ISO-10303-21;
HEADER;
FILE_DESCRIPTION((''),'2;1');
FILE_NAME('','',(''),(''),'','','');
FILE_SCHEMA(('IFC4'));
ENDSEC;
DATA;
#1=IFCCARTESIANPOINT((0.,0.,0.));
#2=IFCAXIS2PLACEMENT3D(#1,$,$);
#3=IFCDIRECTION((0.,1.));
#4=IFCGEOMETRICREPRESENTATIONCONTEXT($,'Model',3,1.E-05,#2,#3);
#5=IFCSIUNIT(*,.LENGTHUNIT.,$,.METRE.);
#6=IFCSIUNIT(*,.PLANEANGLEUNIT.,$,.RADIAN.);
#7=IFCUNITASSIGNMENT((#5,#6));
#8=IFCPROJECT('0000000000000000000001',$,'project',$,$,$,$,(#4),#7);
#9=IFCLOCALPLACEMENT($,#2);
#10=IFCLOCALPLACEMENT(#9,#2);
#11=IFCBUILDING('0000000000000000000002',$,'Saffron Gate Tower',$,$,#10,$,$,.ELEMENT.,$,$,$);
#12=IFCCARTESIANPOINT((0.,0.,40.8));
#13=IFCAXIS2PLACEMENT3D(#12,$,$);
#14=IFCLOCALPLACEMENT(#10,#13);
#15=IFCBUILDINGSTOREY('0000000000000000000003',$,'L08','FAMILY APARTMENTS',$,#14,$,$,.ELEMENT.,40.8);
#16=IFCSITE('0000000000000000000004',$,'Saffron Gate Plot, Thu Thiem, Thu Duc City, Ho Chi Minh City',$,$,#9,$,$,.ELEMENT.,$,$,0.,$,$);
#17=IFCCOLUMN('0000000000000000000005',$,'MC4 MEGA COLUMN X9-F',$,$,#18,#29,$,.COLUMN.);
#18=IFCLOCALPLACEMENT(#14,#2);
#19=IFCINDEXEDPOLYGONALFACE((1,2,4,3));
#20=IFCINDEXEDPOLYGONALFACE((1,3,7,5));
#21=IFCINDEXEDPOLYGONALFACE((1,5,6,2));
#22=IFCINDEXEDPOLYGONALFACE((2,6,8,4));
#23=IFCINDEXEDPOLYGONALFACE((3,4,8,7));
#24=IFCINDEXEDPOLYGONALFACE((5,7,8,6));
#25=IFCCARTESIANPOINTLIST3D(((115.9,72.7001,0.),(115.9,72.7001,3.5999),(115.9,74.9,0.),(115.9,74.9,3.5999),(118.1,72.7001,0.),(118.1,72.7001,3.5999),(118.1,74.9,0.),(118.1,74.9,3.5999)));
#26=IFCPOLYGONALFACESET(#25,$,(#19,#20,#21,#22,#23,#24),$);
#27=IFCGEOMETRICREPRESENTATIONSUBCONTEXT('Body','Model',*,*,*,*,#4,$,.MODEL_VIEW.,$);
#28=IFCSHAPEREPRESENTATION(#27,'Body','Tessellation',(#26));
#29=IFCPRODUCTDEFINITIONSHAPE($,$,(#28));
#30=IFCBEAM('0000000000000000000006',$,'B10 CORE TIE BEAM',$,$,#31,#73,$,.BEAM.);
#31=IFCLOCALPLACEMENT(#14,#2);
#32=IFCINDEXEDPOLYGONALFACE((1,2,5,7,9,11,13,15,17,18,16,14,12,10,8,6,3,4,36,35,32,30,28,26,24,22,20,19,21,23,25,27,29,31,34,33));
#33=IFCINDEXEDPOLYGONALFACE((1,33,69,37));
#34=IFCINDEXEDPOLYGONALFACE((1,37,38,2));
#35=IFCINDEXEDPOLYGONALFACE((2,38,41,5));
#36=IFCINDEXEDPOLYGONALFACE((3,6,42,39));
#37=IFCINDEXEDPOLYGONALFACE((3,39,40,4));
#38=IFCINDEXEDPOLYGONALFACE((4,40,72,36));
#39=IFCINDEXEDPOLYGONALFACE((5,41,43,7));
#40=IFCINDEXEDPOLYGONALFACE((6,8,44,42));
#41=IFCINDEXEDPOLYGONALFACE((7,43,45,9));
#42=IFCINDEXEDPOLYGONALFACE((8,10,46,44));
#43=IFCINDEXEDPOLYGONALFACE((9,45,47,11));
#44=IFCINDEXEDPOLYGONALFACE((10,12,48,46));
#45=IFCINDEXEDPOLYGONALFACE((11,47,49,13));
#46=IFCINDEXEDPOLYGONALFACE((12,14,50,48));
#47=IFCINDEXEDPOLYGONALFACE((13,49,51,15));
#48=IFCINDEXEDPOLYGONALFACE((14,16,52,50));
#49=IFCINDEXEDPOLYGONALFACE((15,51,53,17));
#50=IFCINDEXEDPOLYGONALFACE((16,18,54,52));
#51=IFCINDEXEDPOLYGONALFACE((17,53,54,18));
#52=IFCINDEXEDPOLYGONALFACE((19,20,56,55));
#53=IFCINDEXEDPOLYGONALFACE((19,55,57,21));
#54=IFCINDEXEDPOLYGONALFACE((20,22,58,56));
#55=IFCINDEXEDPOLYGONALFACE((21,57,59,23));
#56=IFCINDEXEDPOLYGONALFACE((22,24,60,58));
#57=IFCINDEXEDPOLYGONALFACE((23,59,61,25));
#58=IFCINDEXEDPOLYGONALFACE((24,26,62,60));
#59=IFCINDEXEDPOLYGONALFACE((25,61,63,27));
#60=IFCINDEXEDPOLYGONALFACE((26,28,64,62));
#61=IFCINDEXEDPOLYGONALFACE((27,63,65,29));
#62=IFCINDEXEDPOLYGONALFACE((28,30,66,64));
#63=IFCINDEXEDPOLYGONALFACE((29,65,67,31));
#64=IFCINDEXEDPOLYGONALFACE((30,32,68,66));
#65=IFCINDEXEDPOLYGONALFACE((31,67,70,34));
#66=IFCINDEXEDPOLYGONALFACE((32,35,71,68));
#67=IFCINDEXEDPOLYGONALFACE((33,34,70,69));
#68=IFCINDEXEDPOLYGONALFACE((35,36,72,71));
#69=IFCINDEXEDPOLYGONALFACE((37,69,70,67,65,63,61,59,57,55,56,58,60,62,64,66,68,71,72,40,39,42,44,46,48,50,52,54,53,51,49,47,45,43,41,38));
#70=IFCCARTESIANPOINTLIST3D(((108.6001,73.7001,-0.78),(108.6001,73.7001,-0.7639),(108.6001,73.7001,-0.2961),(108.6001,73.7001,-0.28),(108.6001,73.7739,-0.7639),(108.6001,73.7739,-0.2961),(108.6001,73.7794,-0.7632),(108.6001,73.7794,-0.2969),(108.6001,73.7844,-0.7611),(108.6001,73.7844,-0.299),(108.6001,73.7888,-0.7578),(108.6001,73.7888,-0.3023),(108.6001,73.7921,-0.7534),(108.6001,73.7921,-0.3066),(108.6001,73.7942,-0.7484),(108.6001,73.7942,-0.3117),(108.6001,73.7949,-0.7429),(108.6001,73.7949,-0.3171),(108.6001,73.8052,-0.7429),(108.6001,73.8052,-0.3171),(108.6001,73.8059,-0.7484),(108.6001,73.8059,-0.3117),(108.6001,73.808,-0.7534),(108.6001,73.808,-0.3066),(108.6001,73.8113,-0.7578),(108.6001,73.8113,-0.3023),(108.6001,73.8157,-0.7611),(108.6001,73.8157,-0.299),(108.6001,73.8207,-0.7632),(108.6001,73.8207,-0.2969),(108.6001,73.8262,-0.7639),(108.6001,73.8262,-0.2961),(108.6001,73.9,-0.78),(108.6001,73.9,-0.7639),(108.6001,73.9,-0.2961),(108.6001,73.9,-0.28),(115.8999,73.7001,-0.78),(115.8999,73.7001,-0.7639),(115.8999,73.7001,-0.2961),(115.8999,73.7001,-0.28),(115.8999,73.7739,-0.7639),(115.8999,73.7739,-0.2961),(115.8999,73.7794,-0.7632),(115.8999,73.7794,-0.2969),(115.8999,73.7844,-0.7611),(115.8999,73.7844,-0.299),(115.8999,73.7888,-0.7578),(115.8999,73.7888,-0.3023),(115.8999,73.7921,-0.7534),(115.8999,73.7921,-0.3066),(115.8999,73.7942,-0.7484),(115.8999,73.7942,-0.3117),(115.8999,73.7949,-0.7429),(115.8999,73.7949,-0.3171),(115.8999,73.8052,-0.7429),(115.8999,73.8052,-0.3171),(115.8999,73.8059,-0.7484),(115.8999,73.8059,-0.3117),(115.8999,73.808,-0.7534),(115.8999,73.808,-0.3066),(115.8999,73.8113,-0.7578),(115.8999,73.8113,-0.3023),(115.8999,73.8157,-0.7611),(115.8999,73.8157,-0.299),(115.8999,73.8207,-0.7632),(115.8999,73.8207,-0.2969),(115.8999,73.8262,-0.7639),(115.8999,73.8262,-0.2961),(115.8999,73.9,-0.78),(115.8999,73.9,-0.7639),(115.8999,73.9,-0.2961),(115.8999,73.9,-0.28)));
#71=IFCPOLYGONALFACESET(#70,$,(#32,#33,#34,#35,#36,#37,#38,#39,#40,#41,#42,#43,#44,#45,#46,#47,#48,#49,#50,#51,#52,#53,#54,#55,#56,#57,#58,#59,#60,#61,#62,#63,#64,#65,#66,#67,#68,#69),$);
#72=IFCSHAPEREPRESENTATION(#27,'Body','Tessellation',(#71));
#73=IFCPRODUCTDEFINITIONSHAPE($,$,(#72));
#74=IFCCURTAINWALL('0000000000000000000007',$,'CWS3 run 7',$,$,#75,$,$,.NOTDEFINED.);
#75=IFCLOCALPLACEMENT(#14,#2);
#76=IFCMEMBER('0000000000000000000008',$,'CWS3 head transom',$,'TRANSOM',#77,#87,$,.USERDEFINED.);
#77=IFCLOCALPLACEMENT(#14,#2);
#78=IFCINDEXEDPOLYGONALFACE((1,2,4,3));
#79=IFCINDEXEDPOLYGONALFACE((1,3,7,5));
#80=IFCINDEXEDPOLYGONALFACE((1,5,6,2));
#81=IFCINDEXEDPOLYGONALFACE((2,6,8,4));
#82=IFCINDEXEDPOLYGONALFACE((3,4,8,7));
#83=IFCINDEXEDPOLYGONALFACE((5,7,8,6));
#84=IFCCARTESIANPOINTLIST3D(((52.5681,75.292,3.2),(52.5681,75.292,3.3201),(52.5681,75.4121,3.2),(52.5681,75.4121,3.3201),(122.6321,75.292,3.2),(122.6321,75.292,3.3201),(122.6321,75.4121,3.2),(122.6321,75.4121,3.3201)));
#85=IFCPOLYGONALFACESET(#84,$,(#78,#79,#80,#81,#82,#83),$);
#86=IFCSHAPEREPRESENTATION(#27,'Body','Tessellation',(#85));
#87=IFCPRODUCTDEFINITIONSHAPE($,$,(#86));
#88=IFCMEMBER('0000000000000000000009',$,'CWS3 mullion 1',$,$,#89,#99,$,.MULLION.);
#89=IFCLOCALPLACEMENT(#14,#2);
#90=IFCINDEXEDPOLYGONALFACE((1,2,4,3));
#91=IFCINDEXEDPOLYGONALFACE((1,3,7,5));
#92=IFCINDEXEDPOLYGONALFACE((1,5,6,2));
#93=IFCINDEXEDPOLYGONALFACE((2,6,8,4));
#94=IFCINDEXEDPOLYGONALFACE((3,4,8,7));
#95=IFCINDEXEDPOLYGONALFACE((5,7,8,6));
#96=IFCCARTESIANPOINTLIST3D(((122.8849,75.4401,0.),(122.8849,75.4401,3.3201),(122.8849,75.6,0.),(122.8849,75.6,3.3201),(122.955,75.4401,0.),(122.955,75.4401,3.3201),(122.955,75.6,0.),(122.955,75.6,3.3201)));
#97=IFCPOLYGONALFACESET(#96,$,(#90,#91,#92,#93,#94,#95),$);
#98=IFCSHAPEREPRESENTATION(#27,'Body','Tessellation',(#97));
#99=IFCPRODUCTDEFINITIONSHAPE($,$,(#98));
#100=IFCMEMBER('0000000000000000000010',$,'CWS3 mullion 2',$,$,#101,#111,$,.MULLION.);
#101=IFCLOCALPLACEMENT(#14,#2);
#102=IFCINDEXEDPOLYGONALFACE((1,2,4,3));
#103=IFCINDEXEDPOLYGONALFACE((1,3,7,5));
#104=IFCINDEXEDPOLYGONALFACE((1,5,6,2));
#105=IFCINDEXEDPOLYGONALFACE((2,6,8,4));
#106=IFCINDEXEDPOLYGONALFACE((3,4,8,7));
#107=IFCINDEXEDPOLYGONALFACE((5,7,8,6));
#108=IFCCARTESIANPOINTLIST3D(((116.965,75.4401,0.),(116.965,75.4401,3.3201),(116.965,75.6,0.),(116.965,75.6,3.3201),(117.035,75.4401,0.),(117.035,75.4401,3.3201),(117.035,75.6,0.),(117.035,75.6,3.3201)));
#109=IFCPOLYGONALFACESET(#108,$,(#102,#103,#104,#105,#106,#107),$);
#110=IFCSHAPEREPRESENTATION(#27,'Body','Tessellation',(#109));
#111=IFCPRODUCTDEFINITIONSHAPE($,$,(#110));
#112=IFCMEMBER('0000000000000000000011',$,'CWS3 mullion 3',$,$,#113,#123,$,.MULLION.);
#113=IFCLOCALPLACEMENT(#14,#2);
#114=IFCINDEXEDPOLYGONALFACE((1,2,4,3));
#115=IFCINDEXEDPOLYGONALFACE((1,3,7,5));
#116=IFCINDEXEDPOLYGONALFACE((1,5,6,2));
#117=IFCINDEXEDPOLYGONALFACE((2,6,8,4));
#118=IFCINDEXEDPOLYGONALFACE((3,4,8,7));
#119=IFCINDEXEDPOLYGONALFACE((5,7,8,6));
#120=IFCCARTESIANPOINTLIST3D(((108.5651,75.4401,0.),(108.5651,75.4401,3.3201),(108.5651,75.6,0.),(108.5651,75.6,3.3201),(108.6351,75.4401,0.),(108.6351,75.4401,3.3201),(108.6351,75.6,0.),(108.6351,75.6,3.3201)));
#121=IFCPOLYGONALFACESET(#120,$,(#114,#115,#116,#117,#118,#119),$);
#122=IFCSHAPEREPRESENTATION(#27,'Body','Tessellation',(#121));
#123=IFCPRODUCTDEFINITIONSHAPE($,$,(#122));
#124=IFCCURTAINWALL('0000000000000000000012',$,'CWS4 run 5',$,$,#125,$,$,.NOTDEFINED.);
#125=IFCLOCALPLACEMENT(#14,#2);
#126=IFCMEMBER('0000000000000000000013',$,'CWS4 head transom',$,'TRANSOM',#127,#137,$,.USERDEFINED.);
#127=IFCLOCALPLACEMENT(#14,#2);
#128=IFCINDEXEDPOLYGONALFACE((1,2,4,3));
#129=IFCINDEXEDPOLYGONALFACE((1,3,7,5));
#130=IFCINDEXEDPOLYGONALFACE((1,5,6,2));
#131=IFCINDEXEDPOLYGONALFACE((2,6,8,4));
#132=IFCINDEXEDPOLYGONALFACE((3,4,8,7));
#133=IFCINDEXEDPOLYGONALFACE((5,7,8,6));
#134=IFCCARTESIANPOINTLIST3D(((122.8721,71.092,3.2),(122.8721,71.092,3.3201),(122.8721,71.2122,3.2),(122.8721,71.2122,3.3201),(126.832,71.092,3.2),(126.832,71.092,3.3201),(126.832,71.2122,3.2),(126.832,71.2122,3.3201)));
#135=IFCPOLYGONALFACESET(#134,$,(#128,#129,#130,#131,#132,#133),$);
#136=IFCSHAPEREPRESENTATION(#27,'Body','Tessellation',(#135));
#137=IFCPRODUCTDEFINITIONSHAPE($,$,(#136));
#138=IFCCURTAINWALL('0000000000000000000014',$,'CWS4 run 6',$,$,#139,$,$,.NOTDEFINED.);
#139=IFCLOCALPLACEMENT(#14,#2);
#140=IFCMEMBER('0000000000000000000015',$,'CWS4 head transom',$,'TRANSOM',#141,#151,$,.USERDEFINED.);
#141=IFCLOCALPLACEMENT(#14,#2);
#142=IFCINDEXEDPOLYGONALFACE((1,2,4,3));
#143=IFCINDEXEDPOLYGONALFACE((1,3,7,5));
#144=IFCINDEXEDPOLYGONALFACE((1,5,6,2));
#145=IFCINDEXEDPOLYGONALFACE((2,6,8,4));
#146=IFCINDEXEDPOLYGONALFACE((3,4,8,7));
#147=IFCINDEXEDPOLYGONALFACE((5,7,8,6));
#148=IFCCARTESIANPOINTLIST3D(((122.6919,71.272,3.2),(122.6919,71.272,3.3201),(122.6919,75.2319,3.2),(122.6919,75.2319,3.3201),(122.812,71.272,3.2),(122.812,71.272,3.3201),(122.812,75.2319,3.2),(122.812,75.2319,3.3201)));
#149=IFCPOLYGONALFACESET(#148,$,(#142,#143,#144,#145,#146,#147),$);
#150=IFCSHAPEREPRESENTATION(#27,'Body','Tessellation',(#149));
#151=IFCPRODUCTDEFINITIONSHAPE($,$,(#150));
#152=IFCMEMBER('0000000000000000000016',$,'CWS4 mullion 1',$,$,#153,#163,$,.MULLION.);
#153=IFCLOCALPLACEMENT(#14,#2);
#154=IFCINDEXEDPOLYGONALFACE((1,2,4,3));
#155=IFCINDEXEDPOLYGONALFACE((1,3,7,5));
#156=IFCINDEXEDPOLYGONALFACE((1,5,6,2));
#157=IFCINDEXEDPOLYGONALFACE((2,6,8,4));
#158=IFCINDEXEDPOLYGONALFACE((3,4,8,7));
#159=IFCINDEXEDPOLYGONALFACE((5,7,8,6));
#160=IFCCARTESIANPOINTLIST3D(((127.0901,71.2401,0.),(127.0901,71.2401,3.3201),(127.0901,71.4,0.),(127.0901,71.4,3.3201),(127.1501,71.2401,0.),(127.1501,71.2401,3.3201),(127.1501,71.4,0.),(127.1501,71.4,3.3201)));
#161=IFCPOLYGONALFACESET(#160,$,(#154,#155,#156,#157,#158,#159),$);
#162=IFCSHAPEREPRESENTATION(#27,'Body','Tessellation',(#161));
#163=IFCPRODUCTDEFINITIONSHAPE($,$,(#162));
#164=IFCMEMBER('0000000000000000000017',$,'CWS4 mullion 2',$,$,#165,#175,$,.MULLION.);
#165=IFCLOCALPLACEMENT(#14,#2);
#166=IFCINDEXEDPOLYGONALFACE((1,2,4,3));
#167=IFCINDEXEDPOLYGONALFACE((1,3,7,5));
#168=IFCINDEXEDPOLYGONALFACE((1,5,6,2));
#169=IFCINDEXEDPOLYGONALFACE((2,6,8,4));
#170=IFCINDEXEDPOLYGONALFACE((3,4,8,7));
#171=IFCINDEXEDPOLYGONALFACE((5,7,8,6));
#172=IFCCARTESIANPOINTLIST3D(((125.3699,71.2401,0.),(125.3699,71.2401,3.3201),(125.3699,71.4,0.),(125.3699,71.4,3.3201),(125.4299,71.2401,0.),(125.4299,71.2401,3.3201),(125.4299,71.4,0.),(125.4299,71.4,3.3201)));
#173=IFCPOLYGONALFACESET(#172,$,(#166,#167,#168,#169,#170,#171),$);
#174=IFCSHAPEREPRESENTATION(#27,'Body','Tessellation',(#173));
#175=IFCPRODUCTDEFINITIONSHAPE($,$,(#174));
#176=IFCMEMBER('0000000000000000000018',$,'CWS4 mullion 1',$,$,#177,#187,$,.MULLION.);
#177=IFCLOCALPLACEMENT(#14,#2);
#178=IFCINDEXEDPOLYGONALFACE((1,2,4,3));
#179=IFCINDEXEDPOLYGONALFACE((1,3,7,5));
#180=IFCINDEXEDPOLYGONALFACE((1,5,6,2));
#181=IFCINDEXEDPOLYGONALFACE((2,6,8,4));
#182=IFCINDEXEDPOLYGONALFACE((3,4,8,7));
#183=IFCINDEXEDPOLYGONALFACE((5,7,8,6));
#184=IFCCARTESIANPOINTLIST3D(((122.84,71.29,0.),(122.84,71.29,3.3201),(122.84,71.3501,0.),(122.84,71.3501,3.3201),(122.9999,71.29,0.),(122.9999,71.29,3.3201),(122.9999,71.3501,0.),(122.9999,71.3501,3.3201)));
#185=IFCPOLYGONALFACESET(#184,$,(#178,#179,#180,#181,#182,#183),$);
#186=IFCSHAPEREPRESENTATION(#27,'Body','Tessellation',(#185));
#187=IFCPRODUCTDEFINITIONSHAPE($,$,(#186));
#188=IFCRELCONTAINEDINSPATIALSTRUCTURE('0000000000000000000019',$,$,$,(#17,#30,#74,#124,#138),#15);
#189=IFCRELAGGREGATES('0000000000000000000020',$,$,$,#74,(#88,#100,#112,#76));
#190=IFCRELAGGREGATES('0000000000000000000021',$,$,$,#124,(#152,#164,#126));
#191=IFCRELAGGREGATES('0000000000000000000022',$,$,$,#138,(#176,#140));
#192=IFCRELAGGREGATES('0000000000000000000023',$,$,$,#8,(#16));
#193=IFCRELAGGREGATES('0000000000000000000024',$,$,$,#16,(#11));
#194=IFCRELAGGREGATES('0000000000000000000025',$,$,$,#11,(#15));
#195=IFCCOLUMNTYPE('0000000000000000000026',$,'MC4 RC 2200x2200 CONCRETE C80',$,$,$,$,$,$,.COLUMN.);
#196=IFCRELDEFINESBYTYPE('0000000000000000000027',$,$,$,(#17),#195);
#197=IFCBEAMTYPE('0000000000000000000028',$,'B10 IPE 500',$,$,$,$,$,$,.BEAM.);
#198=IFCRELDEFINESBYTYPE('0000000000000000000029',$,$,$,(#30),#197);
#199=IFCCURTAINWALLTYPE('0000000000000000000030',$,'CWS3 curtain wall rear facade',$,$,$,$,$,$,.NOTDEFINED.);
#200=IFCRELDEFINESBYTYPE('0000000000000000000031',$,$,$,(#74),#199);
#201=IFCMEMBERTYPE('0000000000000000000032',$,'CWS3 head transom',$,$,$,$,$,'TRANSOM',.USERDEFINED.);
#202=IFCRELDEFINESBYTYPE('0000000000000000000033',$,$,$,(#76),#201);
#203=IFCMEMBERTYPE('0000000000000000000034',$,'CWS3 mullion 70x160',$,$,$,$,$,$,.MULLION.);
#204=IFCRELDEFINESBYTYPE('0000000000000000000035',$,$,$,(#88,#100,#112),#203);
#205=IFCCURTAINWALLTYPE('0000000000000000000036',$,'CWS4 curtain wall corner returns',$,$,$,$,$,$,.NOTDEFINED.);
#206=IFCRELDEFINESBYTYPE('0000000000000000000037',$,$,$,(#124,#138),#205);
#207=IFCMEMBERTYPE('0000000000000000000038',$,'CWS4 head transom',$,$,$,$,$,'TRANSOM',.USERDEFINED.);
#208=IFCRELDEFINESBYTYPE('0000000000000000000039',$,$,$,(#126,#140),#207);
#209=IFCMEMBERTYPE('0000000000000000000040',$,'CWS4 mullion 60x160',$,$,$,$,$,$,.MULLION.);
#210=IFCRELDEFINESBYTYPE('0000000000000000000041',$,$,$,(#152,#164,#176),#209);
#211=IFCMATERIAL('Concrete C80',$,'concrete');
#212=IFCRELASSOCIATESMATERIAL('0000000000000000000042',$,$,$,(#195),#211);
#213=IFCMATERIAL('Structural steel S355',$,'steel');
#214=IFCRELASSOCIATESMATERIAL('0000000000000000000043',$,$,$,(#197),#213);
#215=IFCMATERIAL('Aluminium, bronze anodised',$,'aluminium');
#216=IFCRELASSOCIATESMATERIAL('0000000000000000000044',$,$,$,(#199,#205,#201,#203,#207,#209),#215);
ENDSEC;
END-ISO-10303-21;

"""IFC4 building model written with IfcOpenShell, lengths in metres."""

from ifc_helpers import new_model, si_unit, direction, frame, origin, origin_2d, place, context, subcontext, project, spatial, rectangle, i_section, extrude, material, material_profile, profile_set, type_object, element, aggregate, save


model = new_model("IFC4")

# Units and contexts
model_context = context("Model", 3, precision=1e-05, world=origin(), true_north=direction((0.0, 1.0)))
body_context = subcontext(model_context, "Body", "Model", "MODEL_VIEW")
ifc_project = project(units=[si_unit("LENGTHUNIT", "METRE"), si_unit("PLANEANGLEUNIT", "RADIAN")], contexts=[model_context])

# Site, building, storey
site_placement = place(None, origin())
site = spatial("IfcSite", under=ifc_project, at=site_placement, Name="Saffron Gate Plot, Thu Thiem, Thu Duc City, Ho Chi Minh City", CompositionType="ELEMENT", RefElevation=0.0)
building_placement = place(site_placement, origin())
building = spatial("IfcBuilding", under=site, at=building_placement, Name="Saffron Gate Tower", CompositionType="ELEMENT")
storey_placement = place(building_placement, frame((0.0, 0.0, 40.8)))
storey = spatial("IfcBuildingStorey", under=building, at=storey_placement, Name="L08", Description="FAMILY APARTMENTS", CompositionType="ELEMENT", Elevation=40.8)

# Column
ifc_material_1 = material(Name="Concrete C80", Category="concrete")
ifc_material_profile_1 = material_profile(ifc_material_1, rectangle(XDim=2.2, YDim=2.2, at=origin_2d()))
ifc_profile_set_1 = profile_set([ifc_material_profile_1], Name="Concrete C80")
column_type = type_object("IfcColumnType", Name="MC4 RC 2200x2200 CONCRETE C80", PredefinedType="COLUMN", material=ifc_profile_set_1)
column_placement = place(storey_placement, frame((117.0, 73.8, 0.0), z_axis=(0.0, 0.0, 1.0), x_axis=(1.0, 0.0, 0.0)))
element("IfcColumn", 1, at=column_placement, inside=storey, type_object=column_type, Name="MC4 MEGA COLUMN X9-F", PredefinedType="COLUMN", context=body_context, shape_type="SweptSolid", body=[
    extrude(rectangle(XDim=2.2, YDim=2.2, at=origin_2d()), origin(), (0.0, 0.0, 1.0), 3.5999),
])

# Beam
ifc_material_2 = material(Name="Structural steel S355", Category="steel")
ifc_material_profile_2 = material_profile(ifc_material_2, i_section(OverallWidth=0.2, OverallDepth=0.5, WebThickness=0.0103, FlangeThickness=0.0161, FilletRadius=0.021, at=origin_2d()))
ifc_profile_set_2 = profile_set([ifc_material_profile_2], Name="Structural steel S355")
beam_type = type_object("IfcBeamType", Name="B10 IPE 500", PredefinedType="BEAM", material=ifc_profile_set_2)
beam_placement = place(storey_placement, frame((115.8999, 73.8, -0.53), z_axis=(-1.0, 0.0, 0.0), x_axis=(0.0, -1.0, 0.0)))
element("IfcBeam", 2, at=beam_placement, inside=storey, type_object=beam_type, Name="B10 CORE TIE BEAM", PredefinedType="BEAM", context=body_context, shape_type="SweptSolid", body=[
    extrude(i_section(OverallWidth=0.2, OverallDepth=0.5, WebThickness=0.0103, FlangeThickness=0.0161, FilletRadius=0.021, at=origin_2d()), origin(), (0.0, 0.0, 1.0), 7.2998),
])

# Curtain wall, members
ifc_material_3 = material(Name="Aluminium, bronze anodised", Category="aluminium")
curtain_wall_type_1 = type_object("IfcCurtainWallType", Name="CWS3 curtain wall rear facade", PredefinedType="NOTDEFINED", material=ifc_material_3)
curtain_wall_1_placement = place(storey_placement, origin())
curtain_wall_1 = element("IfcCurtainWall", 3, at=curtain_wall_1_placement, inside=storey, type_object=curtain_wall_type_1, Name="CWS3 run 7", PredefinedType="NOTDEFINED")
ifc_material_profile_3 = material_profile(ifc_material_3, rectangle(XDim=0.1201, YDim=0.1201, at=origin_2d()))
ifc_profile_set_3 = profile_set([ifc_material_profile_3], Name="Aluminium, bronze anodised")
member_type_1 = type_object("IfcMemberType", Name="CWS3 head transom", ElementType="TRANSOM", PredefinedType="USERDEFINED", material=ifc_profile_set_3)
member_1_placement = place(storey_placement, frame((122.6321, 75.3521, 3.26), z_axis=(-1.0, 0.0, 0.0), x_axis=(0.0, -1.0, 0.0)))
member_1 = element("IfcMember", 4, at=member_1_placement, type_object=member_type_1, Name="CWS3 head transom", ObjectType="TRANSOM", PredefinedType="USERDEFINED", context=body_context, shape_type="SweptSolid", body=[
    extrude(rectangle(XDim=0.1201, YDim=0.1201, at=origin_2d()), origin(), (0.0, 0.0, 1.0), 70.064),
])
ifc_material_profile_4 = material_profile(ifc_material_3, rectangle(XDim=0.1599, YDim=0.0701, at=origin_2d()))
ifc_profile_set_4 = profile_set([ifc_material_profile_4], Name="Aluminium, bronze anodised")
member_type_2 = type_object("IfcMemberType", Name="CWS3 mullion 70x160", PredefinedType="MULLION", material=ifc_profile_set_4)
member_2_placement = place(storey_placement, frame((122.9199, 75.52, 0.0), z_axis=(0.0, 0.0, 1.0), x_axis=(0.0, -1.0, 0.0)))
member_2 = element("IfcMember", 5, at=member_2_placement, type_object=member_type_2, Name="CWS3 mullion 1", PredefinedType="MULLION", context=body_context, shape_type="SweptSolid", body=[
    extrude(rectangle(XDim=0.1599, YDim=0.0701, at=origin_2d()), origin(), (0.0, 0.0, 1.0), 3.3201),
])
member_3_placement = place(storey_placement, frame((117.0, 75.52, 0.0), z_axis=(0.0, 0.0, 1.0), x_axis=(0.0, -1.0, 0.0)))
member_3 = element("IfcMember", 6, at=member_3_placement, type_object=member_type_2, Name="CWS3 mullion 2", PredefinedType="MULLION", context=body_context, shape_type="SweptSolid", body=[
    extrude(rectangle(XDim=0.1599, YDim=0.0701, at=origin_2d()), origin(), (0.0, 0.0, 1.0), 3.3201),
])
member_4_placement = place(storey_placement, frame((108.6001, 75.52, 0.0), z_axis=(0.0, 0.0, 1.0), x_axis=(0.0, -1.0, 0.0)))
member_4 = element("IfcMember", 7, at=member_4_placement, type_object=member_type_2, Name="CWS3 mullion 3", PredefinedType="MULLION", context=body_context, shape_type="SweptSolid", body=[
    extrude(rectangle(XDim=0.1599, YDim=0.0701, at=origin_2d()), origin(), (0.0, 0.0, 1.0), 3.3201),
])

# Curtain walls, members
curtain_wall_type_2 = type_object("IfcCurtainWallType", Name="CWS4 curtain wall corner returns", PredefinedType="NOTDEFINED", material=ifc_material_3)
curtain_wall_2_placement = place(storey_placement, origin())
curtain_wall_2 = element("IfcCurtainWall", 8, at=curtain_wall_2_placement, inside=storey, type_object=curtain_wall_type_2, Name="CWS4 run 5", PredefinedType="NOTDEFINED")
ifc_material_profile_5 = material_profile(ifc_material_3, rectangle(XDim=0.1201, YDim=0.1201, at=origin_2d()))
ifc_profile_set_5 = profile_set([ifc_material_profile_5], Name="Aluminium, bronze anodised")
member_type_3 = type_object("IfcMemberType", Name="CWS4 head transom", ElementType="TRANSOM", PredefinedType="USERDEFINED", material=ifc_profile_set_5)
member_5_placement = place(storey_placement, frame((126.832, 71.1521, 3.26), z_axis=(-1.0, 0.0, 0.0), x_axis=(0.0, -1.0, 0.0)))
member_5 = element("IfcMember", 9, at=member_5_placement, type_object=member_type_3, Name="CWS4 head transom", ObjectType="TRANSOM", PredefinedType="USERDEFINED", context=body_context, shape_type="SweptSolid", body=[
    extrude(rectangle(XDim=0.1201, YDim=0.1201, at=origin_2d()), origin(), (0.0, 0.0, 1.0), 3.96),
])
curtain_wall_3_placement = place(storey_placement, origin())
curtain_wall_3 = element("IfcCurtainWall", 10, at=curtain_wall_3_placement, inside=storey, type_object=curtain_wall_type_2, Name="CWS4 run 6", PredefinedType="NOTDEFINED")
member_6_placement = place(storey_placement, frame((122.752, 71.272, 3.26), z_axis=(0.0, 1.0, 0.0), x_axis=(-1.0, 0.0, 0.0)))
member_6 = element("IfcMember", 11, at=member_6_placement, type_object=member_type_3, Name="CWS4 head transom", ObjectType="TRANSOM", PredefinedType="USERDEFINED", context=body_context, shape_type="SweptSolid", body=[
    extrude(rectangle(XDim=0.1201, YDim=0.1201, at=origin_2d()), origin(), (0.0, 0.0, 1.0), 3.96),
])

# Members
ifc_material_profile_6 = material_profile(ifc_material_3, rectangle(XDim=0.1599, YDim=0.0601, at=origin_2d()))
ifc_profile_set_6 = profile_set([ifc_material_profile_6], Name="Aluminium, bronze anodised")
member_type_4 = type_object("IfcMemberType", Name="CWS4 mullion 60x160", PredefinedType="MULLION", material=ifc_profile_set_6)
member_7_placement = place(storey_placement, frame((127.1201, 71.3201, 0.0), z_axis=(0.0, 0.0, 1.0), x_axis=(0.0, -1.0, 0.0)))
member_7 = element("IfcMember", 12, at=member_7_placement, type_object=member_type_4, Name="CWS4 mullion 1", PredefinedType="MULLION", context=body_context, shape_type="SweptSolid", body=[
    extrude(rectangle(XDim=0.1599, YDim=0.0601, at=origin_2d()), origin(), (0.0, 0.0, 1.0), 3.3201),
])
member_8_placement = place(storey_placement, frame((125.3999, 71.3201, 0.0), z_axis=(0.0, 0.0, 1.0), x_axis=(0.0, -1.0, 0.0)))
member_8 = element("IfcMember", 13, at=member_8_placement, type_object=member_type_4, Name="CWS4 mullion 2", PredefinedType="MULLION", context=body_context, shape_type="SweptSolid", body=[
    extrude(rectangle(XDim=0.1599, YDim=0.0601, at=origin_2d()), origin(), (0.0, 0.0, 1.0), 3.3201),
])
member_9_placement = place(storey_placement, frame((122.9199, 71.3201, 0.0), z_axis=(0.0, 0.0, 1.0), x_axis=(-1.0, 0.0, 0.0)))
member_9 = element("IfcMember", 14, at=member_9_placement, type_object=member_type_4, Name="CWS4 mullion 1", PredefinedType="MULLION", context=body_context, shape_type="SweptSolid", body=[
    extrude(rectangle(XDim=0.1599, YDim=0.0601, at=origin_2d()), origin(), (0.0, 0.0, 1.0), 3.3201),
])

aggregate(curtain_wall_1, [member_2, member_3, member_4, member_1])

aggregate(curtain_wall_2, [member_7, member_8, member_5])
aggregate(curtain_wall_3, [member_9, member_6])

save(model, "model.ifc")
